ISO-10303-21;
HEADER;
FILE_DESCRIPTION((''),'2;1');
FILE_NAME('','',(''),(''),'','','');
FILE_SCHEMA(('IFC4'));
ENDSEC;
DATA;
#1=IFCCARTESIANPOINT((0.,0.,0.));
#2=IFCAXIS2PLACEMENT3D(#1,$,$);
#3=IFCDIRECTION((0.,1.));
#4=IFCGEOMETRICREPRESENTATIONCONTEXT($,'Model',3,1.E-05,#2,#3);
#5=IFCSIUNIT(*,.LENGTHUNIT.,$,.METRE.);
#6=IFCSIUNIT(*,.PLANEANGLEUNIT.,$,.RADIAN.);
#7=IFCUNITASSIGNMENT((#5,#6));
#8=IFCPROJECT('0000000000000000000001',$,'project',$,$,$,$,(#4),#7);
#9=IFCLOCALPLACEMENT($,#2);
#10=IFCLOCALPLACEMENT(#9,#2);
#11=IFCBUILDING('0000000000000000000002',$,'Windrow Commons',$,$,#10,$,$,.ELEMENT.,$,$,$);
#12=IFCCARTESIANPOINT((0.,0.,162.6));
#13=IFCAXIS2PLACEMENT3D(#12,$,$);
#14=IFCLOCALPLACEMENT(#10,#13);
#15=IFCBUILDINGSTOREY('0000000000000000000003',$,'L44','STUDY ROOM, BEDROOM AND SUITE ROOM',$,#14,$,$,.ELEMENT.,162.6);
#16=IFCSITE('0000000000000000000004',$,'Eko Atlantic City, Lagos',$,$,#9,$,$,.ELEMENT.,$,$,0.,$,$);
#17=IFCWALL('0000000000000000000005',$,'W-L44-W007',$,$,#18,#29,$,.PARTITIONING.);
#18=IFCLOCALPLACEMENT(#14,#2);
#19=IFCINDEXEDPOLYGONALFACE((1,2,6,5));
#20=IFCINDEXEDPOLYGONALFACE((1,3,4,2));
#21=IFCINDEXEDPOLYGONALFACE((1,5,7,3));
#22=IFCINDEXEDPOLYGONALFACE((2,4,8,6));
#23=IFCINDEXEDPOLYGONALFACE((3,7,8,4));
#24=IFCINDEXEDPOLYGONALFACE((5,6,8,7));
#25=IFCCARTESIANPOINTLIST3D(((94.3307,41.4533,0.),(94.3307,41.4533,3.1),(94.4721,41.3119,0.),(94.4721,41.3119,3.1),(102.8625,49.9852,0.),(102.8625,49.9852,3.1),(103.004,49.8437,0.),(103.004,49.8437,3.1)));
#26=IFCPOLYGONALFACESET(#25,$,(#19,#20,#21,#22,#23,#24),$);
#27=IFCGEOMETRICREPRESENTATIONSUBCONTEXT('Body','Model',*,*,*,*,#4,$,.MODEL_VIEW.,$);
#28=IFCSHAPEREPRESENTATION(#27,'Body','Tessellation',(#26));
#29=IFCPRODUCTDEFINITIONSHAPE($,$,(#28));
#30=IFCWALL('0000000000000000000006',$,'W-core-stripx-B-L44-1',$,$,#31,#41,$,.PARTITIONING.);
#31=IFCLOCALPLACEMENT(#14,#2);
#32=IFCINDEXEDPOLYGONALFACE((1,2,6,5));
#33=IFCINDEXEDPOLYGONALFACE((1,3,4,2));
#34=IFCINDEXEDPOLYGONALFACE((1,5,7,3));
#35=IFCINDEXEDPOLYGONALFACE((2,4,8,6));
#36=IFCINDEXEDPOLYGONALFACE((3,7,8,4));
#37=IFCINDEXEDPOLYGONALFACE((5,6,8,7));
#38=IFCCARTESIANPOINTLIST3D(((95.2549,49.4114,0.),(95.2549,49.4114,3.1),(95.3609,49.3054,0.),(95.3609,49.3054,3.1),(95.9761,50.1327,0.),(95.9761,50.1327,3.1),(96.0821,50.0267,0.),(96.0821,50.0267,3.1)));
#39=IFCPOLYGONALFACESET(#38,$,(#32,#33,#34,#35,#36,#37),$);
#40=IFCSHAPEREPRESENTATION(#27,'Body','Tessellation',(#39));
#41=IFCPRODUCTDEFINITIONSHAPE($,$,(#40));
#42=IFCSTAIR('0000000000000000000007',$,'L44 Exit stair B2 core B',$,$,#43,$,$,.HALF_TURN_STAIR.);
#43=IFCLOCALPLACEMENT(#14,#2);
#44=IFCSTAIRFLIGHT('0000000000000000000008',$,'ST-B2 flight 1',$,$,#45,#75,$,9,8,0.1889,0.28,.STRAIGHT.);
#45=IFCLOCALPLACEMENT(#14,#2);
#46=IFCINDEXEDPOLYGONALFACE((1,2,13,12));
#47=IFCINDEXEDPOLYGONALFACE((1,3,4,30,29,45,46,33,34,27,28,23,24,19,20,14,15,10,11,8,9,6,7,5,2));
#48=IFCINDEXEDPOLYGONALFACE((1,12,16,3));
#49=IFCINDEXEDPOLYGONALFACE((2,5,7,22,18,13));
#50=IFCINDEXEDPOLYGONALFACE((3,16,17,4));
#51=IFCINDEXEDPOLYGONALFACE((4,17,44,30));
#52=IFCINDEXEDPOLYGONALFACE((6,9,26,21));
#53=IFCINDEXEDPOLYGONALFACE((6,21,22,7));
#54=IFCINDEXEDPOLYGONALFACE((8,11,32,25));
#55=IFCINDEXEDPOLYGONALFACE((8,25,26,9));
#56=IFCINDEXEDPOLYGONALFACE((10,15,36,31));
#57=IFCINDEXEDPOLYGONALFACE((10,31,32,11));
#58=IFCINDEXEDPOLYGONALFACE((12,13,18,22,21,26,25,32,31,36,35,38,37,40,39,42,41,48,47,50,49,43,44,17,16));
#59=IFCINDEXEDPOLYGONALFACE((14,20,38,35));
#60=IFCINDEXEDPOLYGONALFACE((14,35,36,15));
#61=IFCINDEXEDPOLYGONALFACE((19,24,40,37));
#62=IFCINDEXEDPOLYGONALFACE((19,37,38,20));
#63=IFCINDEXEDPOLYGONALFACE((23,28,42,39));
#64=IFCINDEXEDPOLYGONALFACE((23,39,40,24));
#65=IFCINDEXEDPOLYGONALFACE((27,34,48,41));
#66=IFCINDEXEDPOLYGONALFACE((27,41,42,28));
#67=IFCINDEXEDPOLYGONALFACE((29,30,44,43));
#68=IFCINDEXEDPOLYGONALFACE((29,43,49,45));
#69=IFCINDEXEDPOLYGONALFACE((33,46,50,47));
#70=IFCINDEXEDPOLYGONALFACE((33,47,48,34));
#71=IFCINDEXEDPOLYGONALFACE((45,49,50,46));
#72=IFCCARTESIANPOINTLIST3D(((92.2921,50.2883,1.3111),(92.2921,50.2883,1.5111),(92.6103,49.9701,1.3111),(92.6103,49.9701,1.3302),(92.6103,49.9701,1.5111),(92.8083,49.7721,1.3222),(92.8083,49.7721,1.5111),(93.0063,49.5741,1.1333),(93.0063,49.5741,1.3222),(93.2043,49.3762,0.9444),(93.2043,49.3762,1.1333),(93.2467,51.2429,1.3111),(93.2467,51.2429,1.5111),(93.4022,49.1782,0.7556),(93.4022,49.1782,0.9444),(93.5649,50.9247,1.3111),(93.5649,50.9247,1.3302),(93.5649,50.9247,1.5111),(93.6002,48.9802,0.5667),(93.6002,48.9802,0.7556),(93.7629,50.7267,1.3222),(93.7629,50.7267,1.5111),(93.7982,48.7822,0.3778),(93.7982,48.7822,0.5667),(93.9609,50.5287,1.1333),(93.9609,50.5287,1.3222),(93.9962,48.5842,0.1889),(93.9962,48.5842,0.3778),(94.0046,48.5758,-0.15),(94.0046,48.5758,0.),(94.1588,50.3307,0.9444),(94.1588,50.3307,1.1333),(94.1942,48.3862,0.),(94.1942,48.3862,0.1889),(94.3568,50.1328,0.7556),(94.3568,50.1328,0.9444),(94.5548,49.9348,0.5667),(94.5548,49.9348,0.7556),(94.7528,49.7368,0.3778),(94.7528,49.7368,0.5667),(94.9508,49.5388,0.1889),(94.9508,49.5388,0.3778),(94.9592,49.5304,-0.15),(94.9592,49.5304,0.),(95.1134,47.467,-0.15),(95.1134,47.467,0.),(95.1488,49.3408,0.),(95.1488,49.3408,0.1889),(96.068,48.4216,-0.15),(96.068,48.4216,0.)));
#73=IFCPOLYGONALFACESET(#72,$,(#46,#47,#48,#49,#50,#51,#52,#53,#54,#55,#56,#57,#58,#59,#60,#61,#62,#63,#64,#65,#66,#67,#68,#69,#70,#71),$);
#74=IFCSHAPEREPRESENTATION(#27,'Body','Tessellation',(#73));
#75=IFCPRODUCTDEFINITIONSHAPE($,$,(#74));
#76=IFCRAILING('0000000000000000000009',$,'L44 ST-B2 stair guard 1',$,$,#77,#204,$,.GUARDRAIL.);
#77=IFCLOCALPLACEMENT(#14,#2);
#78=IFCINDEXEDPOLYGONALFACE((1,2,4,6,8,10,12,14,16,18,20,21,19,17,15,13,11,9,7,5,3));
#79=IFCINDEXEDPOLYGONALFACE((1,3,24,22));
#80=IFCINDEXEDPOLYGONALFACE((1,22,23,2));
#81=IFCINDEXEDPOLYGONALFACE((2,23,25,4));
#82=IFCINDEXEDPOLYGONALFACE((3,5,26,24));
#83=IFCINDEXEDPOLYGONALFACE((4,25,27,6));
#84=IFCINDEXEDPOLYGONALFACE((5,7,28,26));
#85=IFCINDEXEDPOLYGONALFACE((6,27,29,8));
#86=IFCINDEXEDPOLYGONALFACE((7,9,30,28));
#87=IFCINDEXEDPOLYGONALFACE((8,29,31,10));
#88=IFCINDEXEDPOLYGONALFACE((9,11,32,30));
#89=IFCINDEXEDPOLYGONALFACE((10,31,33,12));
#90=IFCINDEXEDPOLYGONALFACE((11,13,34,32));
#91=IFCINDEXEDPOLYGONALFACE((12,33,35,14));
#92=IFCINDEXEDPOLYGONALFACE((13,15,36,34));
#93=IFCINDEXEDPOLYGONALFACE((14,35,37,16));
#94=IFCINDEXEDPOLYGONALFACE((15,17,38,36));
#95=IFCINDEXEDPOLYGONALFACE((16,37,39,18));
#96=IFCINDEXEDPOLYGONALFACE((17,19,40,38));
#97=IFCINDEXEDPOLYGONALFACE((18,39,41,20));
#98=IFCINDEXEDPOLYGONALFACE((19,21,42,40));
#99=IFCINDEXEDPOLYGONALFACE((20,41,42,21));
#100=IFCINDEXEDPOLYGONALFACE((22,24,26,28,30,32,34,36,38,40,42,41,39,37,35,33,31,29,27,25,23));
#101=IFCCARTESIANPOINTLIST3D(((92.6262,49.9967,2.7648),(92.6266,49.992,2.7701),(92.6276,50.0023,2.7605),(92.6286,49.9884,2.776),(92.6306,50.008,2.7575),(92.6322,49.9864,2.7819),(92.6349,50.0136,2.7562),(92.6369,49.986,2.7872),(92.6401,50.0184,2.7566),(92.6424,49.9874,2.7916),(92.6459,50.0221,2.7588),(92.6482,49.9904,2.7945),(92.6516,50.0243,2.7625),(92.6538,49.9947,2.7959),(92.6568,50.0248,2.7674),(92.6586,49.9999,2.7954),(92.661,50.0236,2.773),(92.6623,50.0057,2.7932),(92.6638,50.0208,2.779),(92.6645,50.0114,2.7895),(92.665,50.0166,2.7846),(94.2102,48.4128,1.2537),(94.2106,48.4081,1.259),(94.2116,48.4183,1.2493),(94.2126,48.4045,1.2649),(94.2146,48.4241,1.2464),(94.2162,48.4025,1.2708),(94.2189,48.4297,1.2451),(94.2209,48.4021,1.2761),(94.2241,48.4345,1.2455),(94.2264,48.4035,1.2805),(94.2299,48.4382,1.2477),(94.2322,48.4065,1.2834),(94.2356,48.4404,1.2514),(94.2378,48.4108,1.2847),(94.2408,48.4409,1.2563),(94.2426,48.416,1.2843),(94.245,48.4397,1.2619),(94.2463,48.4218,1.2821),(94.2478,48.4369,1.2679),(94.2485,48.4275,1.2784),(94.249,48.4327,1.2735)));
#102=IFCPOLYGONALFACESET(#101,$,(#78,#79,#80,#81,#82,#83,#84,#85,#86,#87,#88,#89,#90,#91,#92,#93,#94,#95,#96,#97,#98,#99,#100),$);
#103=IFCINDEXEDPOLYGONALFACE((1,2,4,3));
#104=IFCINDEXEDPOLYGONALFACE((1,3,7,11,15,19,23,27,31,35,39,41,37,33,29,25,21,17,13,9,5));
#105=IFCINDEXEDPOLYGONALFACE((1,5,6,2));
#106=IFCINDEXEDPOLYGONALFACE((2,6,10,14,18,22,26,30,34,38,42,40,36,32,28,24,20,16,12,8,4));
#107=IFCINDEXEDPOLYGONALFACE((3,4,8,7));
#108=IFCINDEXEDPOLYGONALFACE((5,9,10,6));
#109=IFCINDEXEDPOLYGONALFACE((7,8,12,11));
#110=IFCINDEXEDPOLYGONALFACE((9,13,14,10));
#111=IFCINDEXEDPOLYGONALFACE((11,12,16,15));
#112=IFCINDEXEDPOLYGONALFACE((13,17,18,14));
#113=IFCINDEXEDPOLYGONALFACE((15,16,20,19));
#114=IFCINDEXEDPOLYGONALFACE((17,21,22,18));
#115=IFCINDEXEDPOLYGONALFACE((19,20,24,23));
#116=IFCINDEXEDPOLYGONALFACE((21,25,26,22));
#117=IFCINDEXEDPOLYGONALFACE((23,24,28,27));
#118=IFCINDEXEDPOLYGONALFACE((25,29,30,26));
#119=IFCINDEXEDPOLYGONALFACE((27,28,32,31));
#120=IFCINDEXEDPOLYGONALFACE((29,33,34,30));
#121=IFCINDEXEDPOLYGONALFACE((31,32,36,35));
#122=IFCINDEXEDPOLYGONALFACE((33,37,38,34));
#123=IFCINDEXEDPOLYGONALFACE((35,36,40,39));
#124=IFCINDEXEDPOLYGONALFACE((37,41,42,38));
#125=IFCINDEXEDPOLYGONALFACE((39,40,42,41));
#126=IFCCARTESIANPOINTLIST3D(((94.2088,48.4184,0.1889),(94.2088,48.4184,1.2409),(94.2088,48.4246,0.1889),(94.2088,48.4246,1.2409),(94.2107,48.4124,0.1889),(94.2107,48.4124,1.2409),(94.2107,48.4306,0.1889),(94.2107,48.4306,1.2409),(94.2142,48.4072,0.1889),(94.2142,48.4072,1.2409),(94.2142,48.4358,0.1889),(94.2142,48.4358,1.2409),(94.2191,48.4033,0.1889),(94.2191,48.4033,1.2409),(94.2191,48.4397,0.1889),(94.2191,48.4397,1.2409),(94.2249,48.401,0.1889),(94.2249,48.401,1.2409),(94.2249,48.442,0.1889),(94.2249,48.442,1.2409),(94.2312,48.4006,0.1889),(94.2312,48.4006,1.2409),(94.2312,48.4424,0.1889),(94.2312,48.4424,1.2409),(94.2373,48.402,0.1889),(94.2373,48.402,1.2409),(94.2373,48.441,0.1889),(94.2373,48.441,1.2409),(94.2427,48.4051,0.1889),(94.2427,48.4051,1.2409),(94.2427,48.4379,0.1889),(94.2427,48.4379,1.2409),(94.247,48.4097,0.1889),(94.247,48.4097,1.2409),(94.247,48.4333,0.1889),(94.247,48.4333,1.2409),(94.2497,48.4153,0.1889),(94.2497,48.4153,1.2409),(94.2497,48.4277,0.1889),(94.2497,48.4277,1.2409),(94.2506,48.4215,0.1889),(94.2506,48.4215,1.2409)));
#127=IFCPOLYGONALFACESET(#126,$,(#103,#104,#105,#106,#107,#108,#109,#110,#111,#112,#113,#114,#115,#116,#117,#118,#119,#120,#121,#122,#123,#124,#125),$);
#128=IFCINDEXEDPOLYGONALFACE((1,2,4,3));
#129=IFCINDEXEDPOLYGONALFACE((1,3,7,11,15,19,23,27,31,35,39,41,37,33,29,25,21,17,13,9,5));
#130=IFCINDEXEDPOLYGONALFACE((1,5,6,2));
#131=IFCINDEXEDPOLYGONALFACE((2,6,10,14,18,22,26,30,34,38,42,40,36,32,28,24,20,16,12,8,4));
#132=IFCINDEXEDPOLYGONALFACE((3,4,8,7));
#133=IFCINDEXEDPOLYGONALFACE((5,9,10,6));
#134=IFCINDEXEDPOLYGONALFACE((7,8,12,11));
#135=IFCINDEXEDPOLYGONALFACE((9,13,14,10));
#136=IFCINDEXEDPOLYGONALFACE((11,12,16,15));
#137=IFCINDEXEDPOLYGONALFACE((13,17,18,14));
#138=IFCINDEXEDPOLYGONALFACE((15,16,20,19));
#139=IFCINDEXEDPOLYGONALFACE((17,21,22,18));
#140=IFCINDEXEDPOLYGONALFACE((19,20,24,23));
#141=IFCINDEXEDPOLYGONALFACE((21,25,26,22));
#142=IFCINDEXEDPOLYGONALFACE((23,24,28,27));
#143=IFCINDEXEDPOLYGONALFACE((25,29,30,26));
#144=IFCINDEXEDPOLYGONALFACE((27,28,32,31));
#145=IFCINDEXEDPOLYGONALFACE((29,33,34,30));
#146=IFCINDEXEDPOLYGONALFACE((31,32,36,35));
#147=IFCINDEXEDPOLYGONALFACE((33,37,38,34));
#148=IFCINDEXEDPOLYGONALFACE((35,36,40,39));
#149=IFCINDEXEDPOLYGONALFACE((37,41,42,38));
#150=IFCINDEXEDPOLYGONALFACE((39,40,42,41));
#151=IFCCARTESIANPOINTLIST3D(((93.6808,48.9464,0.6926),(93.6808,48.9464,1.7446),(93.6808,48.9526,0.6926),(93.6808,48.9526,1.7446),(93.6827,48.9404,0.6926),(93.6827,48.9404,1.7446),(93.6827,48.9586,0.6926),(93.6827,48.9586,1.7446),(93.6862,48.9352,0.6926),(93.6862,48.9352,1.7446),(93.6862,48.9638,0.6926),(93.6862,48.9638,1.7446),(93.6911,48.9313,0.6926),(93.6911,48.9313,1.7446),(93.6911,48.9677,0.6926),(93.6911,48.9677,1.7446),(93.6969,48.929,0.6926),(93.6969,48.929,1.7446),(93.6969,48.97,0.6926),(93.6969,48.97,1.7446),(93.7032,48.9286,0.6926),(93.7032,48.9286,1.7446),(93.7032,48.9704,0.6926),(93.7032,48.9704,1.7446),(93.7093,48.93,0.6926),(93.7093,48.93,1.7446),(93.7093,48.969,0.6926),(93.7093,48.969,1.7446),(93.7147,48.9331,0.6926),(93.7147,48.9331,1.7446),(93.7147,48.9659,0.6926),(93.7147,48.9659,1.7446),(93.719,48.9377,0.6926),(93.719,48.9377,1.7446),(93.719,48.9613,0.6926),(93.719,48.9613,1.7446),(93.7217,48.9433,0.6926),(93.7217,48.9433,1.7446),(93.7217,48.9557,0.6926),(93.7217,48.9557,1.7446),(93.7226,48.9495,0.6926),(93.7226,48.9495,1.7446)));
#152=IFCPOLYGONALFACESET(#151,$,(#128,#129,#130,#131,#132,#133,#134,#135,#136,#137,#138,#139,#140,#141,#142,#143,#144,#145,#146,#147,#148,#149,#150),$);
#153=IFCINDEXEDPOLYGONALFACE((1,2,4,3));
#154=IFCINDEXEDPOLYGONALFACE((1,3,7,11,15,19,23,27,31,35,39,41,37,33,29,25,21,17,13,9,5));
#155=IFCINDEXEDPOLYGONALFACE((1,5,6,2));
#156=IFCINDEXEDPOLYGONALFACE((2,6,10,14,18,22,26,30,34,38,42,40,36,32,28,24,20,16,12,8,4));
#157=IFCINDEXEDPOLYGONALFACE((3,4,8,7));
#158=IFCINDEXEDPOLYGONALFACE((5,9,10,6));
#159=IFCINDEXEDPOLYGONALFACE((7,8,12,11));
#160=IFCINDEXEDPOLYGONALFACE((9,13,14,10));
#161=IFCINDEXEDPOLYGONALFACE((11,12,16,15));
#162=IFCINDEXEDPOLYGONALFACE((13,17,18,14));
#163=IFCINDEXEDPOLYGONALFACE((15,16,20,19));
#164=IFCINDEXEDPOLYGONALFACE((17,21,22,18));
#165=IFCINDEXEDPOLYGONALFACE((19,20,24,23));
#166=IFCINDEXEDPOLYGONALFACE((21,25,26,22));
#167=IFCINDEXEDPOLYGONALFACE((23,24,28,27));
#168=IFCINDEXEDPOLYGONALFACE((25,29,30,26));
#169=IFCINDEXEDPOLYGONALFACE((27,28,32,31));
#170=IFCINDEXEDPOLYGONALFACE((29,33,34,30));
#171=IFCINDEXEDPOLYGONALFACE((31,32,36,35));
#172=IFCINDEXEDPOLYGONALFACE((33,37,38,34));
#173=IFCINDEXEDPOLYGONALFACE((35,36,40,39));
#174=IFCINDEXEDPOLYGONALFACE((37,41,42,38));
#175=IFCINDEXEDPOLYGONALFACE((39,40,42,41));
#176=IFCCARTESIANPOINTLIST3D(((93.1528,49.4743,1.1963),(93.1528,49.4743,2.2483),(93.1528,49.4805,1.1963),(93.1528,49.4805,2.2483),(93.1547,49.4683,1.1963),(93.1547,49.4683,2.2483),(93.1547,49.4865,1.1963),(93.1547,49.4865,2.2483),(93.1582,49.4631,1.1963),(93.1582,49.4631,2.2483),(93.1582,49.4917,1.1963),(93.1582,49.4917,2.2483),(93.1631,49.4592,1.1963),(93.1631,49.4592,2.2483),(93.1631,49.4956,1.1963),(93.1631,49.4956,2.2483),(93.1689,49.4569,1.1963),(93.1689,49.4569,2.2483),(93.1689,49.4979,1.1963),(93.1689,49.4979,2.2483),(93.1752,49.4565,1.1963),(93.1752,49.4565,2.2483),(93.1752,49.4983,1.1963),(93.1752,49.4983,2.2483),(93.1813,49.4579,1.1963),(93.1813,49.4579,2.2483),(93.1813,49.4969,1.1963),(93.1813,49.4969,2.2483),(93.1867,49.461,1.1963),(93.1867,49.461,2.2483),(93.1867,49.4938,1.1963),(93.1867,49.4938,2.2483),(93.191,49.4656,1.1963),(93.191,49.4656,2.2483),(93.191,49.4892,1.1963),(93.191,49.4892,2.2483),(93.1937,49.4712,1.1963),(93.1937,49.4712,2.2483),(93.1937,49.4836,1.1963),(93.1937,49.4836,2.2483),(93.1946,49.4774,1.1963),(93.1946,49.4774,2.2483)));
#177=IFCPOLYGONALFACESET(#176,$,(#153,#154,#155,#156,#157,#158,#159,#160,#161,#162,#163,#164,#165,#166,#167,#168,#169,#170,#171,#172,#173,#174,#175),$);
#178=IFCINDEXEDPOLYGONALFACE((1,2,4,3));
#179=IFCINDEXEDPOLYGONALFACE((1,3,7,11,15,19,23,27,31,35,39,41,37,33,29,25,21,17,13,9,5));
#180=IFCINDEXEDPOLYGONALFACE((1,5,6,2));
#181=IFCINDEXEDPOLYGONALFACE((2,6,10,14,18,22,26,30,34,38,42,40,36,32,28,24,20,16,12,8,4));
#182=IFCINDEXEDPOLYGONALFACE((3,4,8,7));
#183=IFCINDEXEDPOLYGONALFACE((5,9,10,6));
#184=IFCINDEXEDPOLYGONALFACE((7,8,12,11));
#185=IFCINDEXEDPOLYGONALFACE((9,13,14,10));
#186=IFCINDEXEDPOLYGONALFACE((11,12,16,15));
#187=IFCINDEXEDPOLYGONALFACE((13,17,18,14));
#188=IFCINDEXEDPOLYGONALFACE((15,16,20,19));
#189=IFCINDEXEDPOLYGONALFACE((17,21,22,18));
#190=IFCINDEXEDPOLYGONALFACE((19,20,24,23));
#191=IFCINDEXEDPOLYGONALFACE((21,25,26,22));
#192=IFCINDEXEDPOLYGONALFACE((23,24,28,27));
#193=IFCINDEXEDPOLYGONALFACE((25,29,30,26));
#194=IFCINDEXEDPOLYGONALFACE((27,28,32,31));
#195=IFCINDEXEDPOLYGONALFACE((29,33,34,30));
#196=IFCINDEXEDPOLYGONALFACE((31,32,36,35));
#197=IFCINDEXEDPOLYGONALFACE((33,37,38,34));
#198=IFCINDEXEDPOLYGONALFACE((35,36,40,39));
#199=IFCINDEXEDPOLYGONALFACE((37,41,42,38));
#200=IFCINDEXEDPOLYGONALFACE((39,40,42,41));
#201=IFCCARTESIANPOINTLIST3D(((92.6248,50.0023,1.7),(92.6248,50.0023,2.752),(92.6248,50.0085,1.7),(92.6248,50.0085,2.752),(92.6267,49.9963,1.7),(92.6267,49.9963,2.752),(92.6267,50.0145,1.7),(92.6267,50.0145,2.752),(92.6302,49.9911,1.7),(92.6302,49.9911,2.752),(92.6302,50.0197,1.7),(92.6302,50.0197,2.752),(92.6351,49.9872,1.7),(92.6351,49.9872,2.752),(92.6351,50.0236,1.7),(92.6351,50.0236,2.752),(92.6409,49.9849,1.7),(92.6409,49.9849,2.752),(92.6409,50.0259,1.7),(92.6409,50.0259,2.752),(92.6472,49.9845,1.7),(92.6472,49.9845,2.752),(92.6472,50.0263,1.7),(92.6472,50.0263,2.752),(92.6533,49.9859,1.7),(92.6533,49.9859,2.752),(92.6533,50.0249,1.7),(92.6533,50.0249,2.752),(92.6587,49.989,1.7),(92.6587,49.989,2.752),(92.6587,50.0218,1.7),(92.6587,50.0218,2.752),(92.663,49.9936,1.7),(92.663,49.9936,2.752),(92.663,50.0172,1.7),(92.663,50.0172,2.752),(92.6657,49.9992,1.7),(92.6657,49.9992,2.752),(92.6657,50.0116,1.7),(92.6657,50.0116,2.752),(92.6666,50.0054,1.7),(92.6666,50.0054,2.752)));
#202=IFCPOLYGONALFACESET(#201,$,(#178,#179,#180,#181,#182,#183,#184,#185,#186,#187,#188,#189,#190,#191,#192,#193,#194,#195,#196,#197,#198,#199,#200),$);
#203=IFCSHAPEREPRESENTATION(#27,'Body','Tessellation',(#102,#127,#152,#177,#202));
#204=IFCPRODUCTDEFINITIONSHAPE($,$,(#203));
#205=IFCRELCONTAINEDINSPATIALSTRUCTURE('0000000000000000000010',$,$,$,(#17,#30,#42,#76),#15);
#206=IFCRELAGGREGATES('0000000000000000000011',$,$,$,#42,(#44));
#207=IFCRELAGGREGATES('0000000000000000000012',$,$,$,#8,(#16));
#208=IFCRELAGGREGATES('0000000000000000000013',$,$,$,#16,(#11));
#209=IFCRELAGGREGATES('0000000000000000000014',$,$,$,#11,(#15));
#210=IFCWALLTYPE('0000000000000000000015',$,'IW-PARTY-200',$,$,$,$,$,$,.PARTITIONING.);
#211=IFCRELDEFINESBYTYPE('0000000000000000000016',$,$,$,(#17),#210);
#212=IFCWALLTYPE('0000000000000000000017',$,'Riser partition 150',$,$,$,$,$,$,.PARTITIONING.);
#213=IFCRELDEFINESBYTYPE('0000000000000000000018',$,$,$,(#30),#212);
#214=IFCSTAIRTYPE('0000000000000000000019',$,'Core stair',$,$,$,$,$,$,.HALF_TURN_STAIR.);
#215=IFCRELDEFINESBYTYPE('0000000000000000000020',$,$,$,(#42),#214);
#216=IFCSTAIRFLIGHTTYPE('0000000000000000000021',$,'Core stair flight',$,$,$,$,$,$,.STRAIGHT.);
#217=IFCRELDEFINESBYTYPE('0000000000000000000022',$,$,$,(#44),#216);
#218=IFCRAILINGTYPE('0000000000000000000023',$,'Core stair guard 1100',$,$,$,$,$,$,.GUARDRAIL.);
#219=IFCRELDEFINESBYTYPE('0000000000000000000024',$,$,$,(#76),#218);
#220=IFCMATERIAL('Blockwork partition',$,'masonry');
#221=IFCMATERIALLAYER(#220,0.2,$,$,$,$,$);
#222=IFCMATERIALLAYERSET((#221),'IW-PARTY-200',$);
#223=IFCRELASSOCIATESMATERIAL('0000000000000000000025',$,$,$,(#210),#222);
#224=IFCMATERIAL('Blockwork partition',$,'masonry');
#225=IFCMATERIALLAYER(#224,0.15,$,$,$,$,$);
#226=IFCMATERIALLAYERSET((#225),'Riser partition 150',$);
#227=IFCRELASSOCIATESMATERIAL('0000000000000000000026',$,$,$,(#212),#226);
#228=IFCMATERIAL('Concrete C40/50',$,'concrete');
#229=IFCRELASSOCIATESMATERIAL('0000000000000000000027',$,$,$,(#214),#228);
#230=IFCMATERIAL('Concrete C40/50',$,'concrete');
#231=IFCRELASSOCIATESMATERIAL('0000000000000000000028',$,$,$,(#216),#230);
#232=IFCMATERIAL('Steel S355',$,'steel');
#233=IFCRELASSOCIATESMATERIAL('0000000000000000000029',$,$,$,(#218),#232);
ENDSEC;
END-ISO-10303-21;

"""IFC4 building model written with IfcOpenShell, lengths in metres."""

from ifc_helpers import new_model, si_unit, direction, frame, frame_2d, origin, origin_2d, place, context, subcontext, project, spatial, polyline, rectangle, circle, outline, extrude, material, layer, layer_set, type_object, element, aggregate, save


model = new_model("IFC4")

# Units and contexts
model_context = context("Model", 3, precision=1e-05, world=origin(), true_north=direction((0.0, 1.0)))
body_context = subcontext(model_context, "Body", "Model", "MODEL_VIEW")
ifc_project = project(units=[si_unit("LENGTHUNIT", "METRE"), si_unit("PLANEANGLEUNIT", "RADIAN")], contexts=[model_context])

# Site, building, storey
site_placement = place(None, origin())
site = spatial("IfcSite", under=ifc_project, at=site_placement, Name="Eko Atlantic City, Lagos", CompositionType="ELEMENT", RefElevation=0.0)
building_placement = place(site_placement, origin())
building = spatial("IfcBuilding", under=site, at=building_placement, Name="Windrow Commons", CompositionType="ELEMENT")
storey_placement = place(building_placement, frame((0.0, 0.0, 162.6)))
storey = spatial("IfcBuildingStorey", under=building, at=storey_placement, Name="L44", Description="STUDY ROOM, BEDROOM AND SUITE ROOM", CompositionType="ELEMENT", Elevation=162.6)

# Walls
ifc_material_1 = material(Name="Blockwork partition", Category="masonry")
ifc_layer_1 = layer(ifc_material_1, 0.2)
ifc_layer_set_1 = layer_set([ifc_layer_1], Name="IW-PARTY-200")
wall_type_1 = type_object("IfcWallType", Name="IW-PARTY-200", PredefinedType="PARTITIONING", material=ifc_layer_set_1)
wall_1_placement = place(storey_placement, frame((94.4014, 41.3826, 0.0), z_axis=(0.0, 0.0, 1.0), x_axis=(0.707107, 0.707107, 0.0)))
element("IfcWall", 1, at=wall_1_placement, inside=storey, type_object=wall_type_1, Name="W-L44-W007", PredefinedType="PARTITIONING", context=body_context, shape_type="SweptSolid", body=[
    extrude(rectangle(XDim=12.0659, YDim=0.2, at=frame_2d((6.0329, 0.0))), origin(), (0.0, 0.0, 1.0), 3.1),
])
ifc_material_2 = material(Name="Blockwork partition", Category="masonry")
ifc_layer_2 = layer(ifc_material_2, 0.15)
ifc_layer_set_2 = layer_set([ifc_layer_2], Name="Riser partition 150")
wall_type_2 = type_object("IfcWallType", Name="Riser partition 150", PredefinedType="PARTITIONING", material=ifc_layer_set_2)
wall_2_placement = place(storey_placement, frame((95.3079, 49.3584, 0.0), z_axis=(0.0, 0.0, 1.0), x_axis=(0.707058, 0.707156, 0.0)))
element("IfcWall", 2, at=wall_2_placement, inside=storey, type_object=wall_type_2, Name="W-core-stripx-B-L44-1", PredefinedType="PARTITIONING", context=body_context, shape_type="SweptSolid", body=[
    extrude(rectangle(XDim=1.02, YDim=0.15, at=frame_2d((0.51, 0.0))), origin(), (0.0, 0.0, 1.0), 3.1),
])

# Stair, stair flight
ifc_material_3 = material(Name="Concrete C40/50", Category="concrete")
stair_type = type_object("IfcStairType", Name="Core stair", PredefinedType="HALF_TURN_STAIR", material=ifc_material_3)
stair_placement = place(storey_placement, origin())
stair = element("IfcStair", 3, at=stair_placement, inside=storey, type_object=stair_type, Name="L44 Exit stair B2 core B", PredefinedType="HALF_TURN_STAIR")
ifc_material_4 = material(Name="Concrete C40/50", Category="concrete")
stair_flight_type = type_object("IfcStairFlightType", Name="Core stair flight", PredefinedType="STRAIGHT", material=ifc_material_4)
stair_flight_placement = place(storey_placement, frame((94.6715, 48.8635, 0.0), z_axis=(0.0, 0.0, 1.0), x_axis=(-0.707107, 0.707107, 0.0)))
stair_flight = element("IfcStairFlight", 4, at=stair_flight_placement, type_object=stair_flight_type, Name="ST-B2 flight 1", NumberOfRisers=9, NumberOfTreads=8, PredefinedType="STRAIGHT", RiserHeight=0.1889, TreadLength=0.28, context=body_context, shape_type="SweptSolid", body=[
    extrude(outline(polyline([(-1.3, -0.15), (-1.3, 0.0), (0.0, 0.0), (0.0, 0.1889), (0.28, 0.1889), (0.28, 0.3778), (0.56, 0.3778), (0.56, 0.5667), (0.84, 0.5667), (0.84, 0.7556), (1.12, 0.7556), (1.12, 0.9444), (1.4, 0.9444), (1.4, 1.1333), (1.68, 1.1333), (1.68, 1.3222), (1.96, 1.3222), (1.96, 1.5111), (2.24, 1.5111), (2.69, 1.5111), (2.69, 1.3111), (2.24, 1.3111), (2.24, 1.3302), (0.2682, 0.0), (0.2682, -0.15), (-1.3, -0.15)])), frame((0.0, 0.675, 0.0), z_axis=(0.0, -1.0, 0.0), x_axis=(1.0, 0.0, 0.0)), (0.0, 0.0, 1.0), 1.35),
])
aggregate(stair, [stair_flight])

# Railing
ifc_material_5 = material(Name="Steel S355", Category="steel")
railing_type_1 = type_object("IfcRailingType", Name="Core stair guard 1100", PredefinedType="GUARDRAIL", material=ifc_material_5)
railing_1_placement = place(storey_placement, frame((94.2296, 48.4215, 0.1889)))
element("IfcRailing", 5, at=railing_1_placement, inside=storey, type_object=railing_type_1, Name="L44 ST-B2 stair guard 1", PredefinedType="GUARDRAIL", context=body_context, shape_type="SweptSolid", body=[
    extrude(circle(Radius=0.024, at=origin_2d()), frame((0.0, 0.0, 1.076), z_axis=(-0.586216, 0.586179, 0.559237), x_axis=(-0.707084, -0.707129, 0.0)), (0.0, 0.0, 1.0), 2.7021),
    extrude(circle(Radius=0.021, at=origin_2d()), origin(), (0.0, 0.0, 1.0), 1.052),
    extrude(circle(Radius=0.021, at=origin_2d()), frame((-0.528, 0.528, 0.5037)), (0.0, 0.0, 1.0), 1.052),
    extrude(circle(Radius=0.021, at=origin_2d()), frame((-1.056, 1.0559, 1.0074)), (0.0, 0.0, 1.0), 1.052),
    extrude(circle(Radius=0.021, at=origin_2d()), frame((-1.584, 1.5839, 1.5111)), (0.0, 0.0, 1.0), 1.052),
])

save(model, "model.ifc")
